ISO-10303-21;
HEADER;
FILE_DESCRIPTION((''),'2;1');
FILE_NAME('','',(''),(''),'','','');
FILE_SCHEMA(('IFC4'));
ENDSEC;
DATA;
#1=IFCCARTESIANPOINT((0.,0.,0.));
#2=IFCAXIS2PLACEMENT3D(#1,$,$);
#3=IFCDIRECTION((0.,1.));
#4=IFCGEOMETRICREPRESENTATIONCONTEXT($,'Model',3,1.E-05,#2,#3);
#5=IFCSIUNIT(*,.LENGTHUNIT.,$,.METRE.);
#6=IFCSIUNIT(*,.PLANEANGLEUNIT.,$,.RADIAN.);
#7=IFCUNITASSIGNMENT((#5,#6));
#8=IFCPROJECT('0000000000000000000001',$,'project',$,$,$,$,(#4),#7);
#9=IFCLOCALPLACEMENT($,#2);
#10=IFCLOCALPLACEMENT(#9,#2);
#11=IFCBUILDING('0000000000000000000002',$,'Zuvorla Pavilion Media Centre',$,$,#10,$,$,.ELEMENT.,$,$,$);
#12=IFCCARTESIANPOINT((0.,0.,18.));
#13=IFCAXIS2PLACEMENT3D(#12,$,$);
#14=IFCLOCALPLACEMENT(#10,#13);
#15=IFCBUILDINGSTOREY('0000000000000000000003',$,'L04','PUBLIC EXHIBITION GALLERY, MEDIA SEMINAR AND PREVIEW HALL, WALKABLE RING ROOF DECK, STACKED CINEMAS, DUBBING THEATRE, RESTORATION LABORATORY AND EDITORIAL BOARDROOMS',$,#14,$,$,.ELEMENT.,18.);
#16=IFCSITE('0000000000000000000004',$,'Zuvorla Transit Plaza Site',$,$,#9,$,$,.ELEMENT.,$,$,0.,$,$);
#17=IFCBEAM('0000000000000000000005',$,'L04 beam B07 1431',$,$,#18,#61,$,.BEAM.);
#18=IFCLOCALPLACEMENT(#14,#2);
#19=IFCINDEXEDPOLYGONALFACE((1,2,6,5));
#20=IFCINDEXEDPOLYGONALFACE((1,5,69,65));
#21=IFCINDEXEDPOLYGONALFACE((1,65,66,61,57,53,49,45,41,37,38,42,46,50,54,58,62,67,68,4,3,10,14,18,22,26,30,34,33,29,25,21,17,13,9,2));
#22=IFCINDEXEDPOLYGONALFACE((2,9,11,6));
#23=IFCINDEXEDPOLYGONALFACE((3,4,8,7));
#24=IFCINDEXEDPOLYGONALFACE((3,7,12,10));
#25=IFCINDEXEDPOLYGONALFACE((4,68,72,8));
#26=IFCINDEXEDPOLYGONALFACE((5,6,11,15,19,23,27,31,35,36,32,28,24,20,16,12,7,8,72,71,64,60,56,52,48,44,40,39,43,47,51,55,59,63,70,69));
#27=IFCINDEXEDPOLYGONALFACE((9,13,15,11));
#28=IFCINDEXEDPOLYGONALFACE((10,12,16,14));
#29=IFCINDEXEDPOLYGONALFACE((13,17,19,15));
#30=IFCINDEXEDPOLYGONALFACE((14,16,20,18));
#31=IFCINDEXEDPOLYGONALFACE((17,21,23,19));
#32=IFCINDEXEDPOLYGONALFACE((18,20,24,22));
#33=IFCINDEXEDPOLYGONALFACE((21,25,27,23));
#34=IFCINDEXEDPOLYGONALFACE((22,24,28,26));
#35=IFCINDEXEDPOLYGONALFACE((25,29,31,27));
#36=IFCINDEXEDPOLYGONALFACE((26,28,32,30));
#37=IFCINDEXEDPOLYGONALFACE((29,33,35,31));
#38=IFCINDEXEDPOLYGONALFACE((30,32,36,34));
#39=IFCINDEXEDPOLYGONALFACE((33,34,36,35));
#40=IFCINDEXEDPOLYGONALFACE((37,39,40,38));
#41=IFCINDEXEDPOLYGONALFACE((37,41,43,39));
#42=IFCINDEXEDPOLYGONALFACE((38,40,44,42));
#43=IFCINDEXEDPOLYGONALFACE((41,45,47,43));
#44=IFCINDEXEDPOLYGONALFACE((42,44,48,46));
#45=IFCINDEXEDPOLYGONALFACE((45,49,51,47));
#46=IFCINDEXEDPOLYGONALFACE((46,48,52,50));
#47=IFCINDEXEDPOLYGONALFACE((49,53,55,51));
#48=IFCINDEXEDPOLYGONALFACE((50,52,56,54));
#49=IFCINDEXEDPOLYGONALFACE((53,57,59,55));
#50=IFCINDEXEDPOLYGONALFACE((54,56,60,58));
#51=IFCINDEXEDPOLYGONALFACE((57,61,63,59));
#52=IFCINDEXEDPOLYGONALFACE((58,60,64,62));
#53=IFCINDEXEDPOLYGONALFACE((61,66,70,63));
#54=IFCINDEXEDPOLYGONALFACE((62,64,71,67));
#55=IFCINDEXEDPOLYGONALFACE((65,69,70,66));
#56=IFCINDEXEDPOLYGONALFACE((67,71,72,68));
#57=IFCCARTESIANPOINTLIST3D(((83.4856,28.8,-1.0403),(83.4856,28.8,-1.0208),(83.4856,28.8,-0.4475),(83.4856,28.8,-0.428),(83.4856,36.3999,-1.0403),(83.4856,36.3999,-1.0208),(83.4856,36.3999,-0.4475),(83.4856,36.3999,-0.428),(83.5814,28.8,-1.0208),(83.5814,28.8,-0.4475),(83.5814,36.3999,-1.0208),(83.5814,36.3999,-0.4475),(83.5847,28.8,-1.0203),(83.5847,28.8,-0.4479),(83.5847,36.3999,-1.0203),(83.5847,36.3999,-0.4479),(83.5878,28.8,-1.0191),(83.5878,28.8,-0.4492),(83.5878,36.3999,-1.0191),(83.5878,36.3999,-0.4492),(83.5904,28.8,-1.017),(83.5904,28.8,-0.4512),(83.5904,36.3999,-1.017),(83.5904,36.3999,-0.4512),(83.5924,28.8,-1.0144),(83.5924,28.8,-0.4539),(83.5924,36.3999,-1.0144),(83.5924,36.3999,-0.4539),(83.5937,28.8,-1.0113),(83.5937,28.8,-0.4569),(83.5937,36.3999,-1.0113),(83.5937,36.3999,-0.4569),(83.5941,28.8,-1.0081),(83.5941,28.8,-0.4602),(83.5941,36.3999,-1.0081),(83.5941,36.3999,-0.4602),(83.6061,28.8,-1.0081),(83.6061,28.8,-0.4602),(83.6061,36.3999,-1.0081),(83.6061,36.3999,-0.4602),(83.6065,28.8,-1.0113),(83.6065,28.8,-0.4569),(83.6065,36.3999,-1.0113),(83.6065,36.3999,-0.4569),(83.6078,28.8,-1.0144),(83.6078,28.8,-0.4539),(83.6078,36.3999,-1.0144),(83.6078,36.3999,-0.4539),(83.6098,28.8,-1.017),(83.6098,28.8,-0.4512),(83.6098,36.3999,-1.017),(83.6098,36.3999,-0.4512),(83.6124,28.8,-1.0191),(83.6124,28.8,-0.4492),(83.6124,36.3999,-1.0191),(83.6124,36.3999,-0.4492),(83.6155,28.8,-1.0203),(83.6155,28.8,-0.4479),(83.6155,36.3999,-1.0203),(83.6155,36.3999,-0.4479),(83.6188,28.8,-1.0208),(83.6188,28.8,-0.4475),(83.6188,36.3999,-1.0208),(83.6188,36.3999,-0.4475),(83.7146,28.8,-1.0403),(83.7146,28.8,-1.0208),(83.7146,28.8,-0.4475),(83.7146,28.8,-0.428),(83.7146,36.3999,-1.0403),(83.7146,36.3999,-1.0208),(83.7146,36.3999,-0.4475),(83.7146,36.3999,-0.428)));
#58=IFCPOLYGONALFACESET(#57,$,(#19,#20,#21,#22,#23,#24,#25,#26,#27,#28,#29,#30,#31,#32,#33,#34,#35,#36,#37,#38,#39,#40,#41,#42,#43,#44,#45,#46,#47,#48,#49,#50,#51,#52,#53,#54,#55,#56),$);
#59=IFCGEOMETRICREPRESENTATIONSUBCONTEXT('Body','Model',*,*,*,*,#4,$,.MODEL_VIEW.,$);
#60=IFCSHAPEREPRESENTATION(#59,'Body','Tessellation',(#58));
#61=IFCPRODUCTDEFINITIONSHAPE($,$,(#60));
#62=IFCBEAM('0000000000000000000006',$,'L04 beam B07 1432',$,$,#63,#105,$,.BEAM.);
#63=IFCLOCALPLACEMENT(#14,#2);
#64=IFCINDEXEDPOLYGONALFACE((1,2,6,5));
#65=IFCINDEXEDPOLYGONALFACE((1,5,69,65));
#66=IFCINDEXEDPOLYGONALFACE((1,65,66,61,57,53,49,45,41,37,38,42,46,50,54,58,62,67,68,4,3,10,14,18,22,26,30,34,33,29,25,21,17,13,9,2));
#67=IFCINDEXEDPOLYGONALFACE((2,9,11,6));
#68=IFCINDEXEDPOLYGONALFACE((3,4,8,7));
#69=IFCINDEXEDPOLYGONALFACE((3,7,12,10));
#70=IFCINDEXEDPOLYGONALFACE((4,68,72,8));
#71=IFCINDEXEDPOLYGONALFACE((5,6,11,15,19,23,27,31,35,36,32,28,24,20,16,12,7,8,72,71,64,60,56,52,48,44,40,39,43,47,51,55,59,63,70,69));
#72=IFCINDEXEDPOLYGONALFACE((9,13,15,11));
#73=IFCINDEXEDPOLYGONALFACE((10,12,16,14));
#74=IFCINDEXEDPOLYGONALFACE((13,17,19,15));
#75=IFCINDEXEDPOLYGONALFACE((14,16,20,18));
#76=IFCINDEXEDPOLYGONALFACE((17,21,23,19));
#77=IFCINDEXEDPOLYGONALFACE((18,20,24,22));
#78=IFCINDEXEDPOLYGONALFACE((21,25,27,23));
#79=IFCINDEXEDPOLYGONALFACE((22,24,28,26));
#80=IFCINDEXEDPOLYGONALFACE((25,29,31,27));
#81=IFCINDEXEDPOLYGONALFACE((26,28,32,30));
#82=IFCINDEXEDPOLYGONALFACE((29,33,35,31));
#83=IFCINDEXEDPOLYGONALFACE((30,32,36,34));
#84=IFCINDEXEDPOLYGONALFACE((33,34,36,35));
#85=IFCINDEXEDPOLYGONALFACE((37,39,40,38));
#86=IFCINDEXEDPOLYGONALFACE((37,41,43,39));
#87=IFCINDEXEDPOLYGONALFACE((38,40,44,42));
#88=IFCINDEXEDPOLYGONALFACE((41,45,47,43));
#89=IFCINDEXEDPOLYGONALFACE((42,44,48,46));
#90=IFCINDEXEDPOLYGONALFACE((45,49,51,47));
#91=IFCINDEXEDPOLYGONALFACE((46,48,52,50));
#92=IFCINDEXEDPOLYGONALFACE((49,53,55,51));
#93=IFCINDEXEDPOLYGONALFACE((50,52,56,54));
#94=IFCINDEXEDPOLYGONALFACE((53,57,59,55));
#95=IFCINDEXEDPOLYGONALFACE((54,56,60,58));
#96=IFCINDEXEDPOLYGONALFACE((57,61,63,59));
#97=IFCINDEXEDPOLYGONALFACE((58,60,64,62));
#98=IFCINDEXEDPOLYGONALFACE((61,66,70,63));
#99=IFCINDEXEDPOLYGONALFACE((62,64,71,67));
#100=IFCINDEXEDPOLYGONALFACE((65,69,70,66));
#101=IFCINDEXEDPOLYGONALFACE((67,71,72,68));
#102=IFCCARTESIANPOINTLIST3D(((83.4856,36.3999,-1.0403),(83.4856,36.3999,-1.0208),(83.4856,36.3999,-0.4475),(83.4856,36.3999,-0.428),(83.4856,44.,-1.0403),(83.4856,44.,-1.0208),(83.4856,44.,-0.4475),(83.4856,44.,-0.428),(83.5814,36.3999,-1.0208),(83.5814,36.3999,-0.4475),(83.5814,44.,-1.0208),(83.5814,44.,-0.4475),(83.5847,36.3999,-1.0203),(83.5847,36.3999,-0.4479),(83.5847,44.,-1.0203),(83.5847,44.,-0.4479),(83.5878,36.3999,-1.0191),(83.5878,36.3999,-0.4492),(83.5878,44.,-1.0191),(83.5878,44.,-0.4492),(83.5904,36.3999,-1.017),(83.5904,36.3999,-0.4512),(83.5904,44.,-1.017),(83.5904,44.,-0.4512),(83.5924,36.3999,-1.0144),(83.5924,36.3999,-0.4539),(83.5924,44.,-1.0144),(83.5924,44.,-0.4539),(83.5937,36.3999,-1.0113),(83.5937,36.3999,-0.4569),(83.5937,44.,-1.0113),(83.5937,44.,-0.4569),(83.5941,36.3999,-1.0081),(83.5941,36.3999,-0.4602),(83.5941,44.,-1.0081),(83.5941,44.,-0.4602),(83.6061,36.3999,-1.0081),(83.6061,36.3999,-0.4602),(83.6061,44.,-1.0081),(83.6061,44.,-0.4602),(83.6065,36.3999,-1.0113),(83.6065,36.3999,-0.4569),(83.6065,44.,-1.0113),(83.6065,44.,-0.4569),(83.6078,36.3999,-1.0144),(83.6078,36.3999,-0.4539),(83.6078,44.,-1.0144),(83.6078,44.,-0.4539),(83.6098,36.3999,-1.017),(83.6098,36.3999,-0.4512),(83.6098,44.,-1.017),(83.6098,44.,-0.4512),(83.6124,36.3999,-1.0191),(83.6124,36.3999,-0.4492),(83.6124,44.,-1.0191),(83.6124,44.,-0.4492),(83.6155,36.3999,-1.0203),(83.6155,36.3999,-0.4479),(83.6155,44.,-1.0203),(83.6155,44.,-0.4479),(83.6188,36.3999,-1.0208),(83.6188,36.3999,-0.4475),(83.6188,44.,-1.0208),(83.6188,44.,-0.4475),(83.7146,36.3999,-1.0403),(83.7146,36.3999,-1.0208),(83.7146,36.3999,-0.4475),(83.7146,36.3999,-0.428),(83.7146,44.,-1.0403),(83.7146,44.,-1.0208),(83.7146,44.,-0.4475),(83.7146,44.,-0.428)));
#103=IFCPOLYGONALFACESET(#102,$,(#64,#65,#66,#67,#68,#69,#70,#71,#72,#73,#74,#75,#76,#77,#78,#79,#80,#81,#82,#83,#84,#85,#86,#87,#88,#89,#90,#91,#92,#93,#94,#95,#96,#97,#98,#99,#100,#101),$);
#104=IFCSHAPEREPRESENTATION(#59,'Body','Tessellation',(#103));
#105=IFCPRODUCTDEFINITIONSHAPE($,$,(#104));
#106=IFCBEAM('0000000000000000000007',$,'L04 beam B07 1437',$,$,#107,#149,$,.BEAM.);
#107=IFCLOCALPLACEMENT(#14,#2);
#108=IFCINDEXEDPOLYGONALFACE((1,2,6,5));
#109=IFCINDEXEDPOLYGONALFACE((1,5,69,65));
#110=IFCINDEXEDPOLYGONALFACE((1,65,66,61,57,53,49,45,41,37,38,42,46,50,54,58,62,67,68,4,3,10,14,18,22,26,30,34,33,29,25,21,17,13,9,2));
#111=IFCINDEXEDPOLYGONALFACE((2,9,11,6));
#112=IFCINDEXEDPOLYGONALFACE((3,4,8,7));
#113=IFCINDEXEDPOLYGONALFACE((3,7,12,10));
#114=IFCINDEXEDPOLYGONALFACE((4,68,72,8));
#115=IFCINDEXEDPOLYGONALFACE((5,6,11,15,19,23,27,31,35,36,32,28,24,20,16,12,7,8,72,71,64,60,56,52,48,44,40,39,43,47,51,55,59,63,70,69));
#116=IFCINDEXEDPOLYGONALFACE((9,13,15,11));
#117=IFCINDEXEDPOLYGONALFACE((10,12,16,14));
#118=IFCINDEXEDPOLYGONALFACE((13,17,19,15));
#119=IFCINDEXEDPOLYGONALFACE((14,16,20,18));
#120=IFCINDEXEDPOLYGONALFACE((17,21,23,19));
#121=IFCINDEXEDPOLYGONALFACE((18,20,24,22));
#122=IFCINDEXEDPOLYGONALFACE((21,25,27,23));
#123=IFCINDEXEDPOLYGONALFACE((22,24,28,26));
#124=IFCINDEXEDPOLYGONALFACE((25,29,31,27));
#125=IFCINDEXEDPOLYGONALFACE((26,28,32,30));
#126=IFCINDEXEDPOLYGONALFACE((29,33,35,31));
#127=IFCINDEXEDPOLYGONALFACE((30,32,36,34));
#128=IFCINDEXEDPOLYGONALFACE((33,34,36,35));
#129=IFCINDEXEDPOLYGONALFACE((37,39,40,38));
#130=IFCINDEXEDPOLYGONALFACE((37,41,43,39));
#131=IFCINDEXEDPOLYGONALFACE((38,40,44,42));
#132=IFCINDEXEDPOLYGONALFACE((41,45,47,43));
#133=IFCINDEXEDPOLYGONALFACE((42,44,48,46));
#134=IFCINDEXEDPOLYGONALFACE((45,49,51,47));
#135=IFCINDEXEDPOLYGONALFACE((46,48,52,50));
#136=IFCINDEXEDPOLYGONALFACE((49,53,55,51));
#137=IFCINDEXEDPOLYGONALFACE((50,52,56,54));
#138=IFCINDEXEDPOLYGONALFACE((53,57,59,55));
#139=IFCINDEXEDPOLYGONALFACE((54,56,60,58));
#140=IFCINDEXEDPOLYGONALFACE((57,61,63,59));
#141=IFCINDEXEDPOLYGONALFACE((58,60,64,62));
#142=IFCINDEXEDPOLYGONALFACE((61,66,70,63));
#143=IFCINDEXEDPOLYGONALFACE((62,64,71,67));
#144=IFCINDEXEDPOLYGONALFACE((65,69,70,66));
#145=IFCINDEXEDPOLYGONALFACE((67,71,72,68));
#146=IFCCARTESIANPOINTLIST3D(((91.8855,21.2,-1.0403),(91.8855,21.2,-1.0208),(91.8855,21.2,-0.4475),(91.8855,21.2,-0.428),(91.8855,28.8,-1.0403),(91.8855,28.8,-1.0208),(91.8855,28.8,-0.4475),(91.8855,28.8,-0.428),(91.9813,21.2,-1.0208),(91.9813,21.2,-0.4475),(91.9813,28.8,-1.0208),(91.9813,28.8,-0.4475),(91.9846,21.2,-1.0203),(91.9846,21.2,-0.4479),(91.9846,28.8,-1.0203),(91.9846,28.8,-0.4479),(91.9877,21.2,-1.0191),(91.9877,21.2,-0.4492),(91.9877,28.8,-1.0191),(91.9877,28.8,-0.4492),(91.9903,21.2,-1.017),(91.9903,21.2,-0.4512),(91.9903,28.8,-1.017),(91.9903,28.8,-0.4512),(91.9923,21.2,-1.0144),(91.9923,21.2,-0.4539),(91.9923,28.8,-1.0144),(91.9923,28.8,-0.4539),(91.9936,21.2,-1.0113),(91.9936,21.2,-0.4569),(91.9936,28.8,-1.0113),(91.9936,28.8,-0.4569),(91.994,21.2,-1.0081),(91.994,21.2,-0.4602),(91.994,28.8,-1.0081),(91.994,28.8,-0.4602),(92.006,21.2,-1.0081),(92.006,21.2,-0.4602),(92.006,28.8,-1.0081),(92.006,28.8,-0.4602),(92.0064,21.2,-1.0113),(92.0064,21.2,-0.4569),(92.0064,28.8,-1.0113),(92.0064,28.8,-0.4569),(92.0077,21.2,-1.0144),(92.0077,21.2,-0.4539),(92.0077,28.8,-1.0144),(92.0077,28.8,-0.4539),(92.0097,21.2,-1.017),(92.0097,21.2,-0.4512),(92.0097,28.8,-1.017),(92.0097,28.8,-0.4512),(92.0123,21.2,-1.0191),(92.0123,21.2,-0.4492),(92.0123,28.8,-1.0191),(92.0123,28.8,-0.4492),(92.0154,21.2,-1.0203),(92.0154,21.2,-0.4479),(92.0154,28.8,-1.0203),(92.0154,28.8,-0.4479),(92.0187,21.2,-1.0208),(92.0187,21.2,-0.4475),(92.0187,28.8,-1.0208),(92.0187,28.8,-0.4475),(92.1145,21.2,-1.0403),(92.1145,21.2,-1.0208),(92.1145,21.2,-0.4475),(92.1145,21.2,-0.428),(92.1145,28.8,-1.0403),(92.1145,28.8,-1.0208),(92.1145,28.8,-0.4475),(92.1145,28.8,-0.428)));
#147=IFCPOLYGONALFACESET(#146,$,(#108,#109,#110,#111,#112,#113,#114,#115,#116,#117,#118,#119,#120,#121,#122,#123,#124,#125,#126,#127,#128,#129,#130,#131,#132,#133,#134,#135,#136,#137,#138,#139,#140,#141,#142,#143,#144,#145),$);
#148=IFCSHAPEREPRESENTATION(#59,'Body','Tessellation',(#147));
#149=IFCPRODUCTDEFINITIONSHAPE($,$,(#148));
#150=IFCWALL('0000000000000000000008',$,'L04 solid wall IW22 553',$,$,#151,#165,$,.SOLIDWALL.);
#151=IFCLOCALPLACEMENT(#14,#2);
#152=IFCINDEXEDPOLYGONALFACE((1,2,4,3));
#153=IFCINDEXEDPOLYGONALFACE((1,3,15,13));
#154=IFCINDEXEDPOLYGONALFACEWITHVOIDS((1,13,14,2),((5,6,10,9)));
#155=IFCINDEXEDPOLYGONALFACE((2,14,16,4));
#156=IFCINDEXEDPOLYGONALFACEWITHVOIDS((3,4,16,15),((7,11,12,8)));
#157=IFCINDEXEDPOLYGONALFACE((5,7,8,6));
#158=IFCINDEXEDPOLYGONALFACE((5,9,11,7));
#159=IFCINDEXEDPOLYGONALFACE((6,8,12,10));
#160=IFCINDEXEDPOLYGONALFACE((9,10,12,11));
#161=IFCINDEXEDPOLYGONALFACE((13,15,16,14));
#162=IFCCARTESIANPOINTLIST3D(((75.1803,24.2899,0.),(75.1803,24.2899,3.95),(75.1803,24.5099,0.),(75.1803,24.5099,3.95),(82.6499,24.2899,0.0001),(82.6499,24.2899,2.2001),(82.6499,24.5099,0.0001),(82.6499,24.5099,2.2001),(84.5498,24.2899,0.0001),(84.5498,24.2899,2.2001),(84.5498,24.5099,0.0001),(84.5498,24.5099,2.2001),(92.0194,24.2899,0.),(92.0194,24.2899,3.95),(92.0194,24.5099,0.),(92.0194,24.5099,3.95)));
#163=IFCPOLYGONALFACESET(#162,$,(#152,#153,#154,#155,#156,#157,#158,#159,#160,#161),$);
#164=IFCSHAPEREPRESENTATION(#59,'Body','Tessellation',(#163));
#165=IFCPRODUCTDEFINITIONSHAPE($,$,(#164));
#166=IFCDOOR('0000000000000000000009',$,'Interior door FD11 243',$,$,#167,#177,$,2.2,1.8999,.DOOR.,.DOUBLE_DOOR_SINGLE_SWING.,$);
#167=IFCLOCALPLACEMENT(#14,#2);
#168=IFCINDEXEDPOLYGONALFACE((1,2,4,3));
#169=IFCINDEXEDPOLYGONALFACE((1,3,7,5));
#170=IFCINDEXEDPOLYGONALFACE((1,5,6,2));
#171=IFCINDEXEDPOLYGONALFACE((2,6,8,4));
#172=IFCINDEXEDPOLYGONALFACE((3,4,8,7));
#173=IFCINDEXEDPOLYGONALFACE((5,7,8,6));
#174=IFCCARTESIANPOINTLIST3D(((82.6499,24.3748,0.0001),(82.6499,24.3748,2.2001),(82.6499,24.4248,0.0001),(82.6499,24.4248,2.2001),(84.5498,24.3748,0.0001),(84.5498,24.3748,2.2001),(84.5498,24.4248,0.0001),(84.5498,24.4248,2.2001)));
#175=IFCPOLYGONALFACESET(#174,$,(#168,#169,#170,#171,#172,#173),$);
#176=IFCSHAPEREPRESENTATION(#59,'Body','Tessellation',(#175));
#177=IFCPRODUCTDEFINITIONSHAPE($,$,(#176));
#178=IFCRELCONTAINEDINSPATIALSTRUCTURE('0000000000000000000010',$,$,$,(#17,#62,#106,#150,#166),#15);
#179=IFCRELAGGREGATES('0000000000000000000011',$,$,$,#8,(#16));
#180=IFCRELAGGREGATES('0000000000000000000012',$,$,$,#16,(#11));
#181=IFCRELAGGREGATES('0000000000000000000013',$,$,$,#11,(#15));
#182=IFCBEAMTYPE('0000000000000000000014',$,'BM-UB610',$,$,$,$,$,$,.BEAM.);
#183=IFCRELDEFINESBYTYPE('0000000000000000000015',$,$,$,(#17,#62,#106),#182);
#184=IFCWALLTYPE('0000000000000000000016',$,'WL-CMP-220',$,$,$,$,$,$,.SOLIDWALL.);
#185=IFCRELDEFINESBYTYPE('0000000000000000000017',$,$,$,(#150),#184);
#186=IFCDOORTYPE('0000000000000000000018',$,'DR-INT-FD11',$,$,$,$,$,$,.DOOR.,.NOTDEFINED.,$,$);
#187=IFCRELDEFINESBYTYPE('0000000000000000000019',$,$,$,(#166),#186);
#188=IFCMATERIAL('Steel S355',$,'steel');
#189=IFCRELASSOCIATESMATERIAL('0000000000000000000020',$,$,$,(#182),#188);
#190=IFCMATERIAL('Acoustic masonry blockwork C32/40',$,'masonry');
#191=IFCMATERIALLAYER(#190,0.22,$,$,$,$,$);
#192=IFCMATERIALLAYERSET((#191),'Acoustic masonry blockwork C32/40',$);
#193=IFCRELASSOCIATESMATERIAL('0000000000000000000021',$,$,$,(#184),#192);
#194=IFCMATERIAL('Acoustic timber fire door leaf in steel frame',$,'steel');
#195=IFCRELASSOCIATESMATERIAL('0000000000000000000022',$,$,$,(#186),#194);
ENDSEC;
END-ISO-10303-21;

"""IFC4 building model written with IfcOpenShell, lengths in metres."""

from ifc_helpers import new_model, si_unit, direction, frame, frame_2d, origin, origin_2d, place, context, subcontext, project, spatial, rectangle, i_section, extrude, material, layer, layer_set, material_profile, profile_set, type_object, element, fill, save


model = new_model("IFC4")

# Units and contexts
model_context = context("Model", 3, precision=1e-05, world=origin(), true_north=direction((0.0, 1.0)))
body_context = subcontext(model_context, "Body", "Model", "MODEL_VIEW")
ifc_project = project(units=[si_unit("LENGTHUNIT", "METRE"), si_unit("PLANEANGLEUNIT", "RADIAN")], contexts=[model_context])

# Site, building, storey
site_placement = place(None, origin())
site = spatial("IfcSite", under=ifc_project, at=site_placement, Name="Zuvorla Transit Plaza Site", CompositionType="ELEMENT", RefElevation=0.0)
building_placement = place(site_placement, origin())
building = spatial("IfcBuilding", under=site, at=building_placement, Name="Zuvorla Pavilion Media Centre", CompositionType="ELEMENT")
storey_placement = place(building_placement, frame((0.0, 0.0, 18.0)))
storey = spatial("IfcBuildingStorey", under=building, at=storey_placement, Name="L04", Description="PUBLIC EXHIBITION GALLERY, MEDIA SEMINAR AND PREVIEW HALL, WALKABLE RING ROOF DECK, STACKED CINEMAS, DUBBING THEATRE, RESTORATION LABORATORY AND EDITORIAL BOARDROOMS", CompositionType="ELEMENT", Elevation=18.0)

# Beams
ifc_material_1 = material(Name="Steel S355", Category="steel")
ifc_material_profile_1 = material_profile(ifc_material_1, i_section(OverallWidth=0.229, OverallDepth=0.6123, WebThickness=0.012, FlangeThickness=0.0195, FilletRadius=0.0127, at=origin_2d()), Name="UB 610x229x125")
ifc_profile_set_1 = profile_set([ifc_material_profile_1], Name="Steel S355")
beam_type_1 = type_object("IfcBeamType", Name="BM-UB610", PredefinedType="BEAM", material=ifc_profile_set_1)
beam_1_placement = place(storey_placement, frame((83.6001, 28.8, -0.7341), z_axis=(0.0, 1.0, 0.0), x_axis=(-1.0, 0.0, 0.0)))
element("IfcBeam", 1, at=beam_1_placement, inside=storey, type_object=beam_type_1, Name="L04 beam B07 1431", PredefinedType="BEAM", context=body_context, shape_type="SweptSolid", body=[
    extrude(i_section(OverallWidth=0.229, OverallDepth=0.6123, WebThickness=0.012, FlangeThickness=0.0195, FilletRadius=0.0127, at=origin_2d()), origin(), (0.0, 0.0, 1.0), 7.5999),
])
for number, where, z_axis, x_axis, name in (
    (2, (83.6001, 36.3999, -0.7341), (0.0, 1.0, 0.0), (-1.0, 0.0, 0.0), "L04 beam B07 1432"),
    (3, (92.0, 21.2, -0.7341), (0.0, 1.0, 0.0), (-1.0, 0.0, 0.0), "L04 beam B07 1437"),
):
    element("IfcBeam", number, at=place(storey_placement, frame(where, z_axis=z_axis, x_axis=x_axis)), inside=storey, type_object=beam_type_1, Name=name, PredefinedType="BEAM", context=body_context, shape_type="SweptSolid", body=[
        extrude(i_section(OverallWidth=0.229, OverallDepth=0.6123, WebThickness=0.012, FlangeThickness=0.0195, FilletRadius=0.0127, at=origin_2d()), origin(), (0.0, 0.0, 1.0), 7.6001),
    ])

# Wall, opening, door
ifc_material_2 = material(Name="Acoustic masonry blockwork C32/40", Category="masonry")
ifc_layer = layer(ifc_material_2, 0.22)
ifc_layer_set = layer_set([ifc_layer], Name="Acoustic masonry blockwork C32/40")
wall_type = type_object("IfcWallType", Name="WL-CMP-220", PredefinedType="SOLIDWALL", material=ifc_layer_set)
wall_placement = place(storey_placement, frame((75.1804, 24.3999, 0.0), z_axis=(0.0, 0.0, 1.0), x_axis=(1.0, 0.0, 0.0)))
wall = element("IfcWall", 4, at=wall_placement, inside=storey, type_object=wall_type, Name="L04 solid wall IW22 553", PredefinedType="SOLIDWALL", context=body_context, shape_type="SweptSolid", body=[
    extrude(rectangle(XDim=16.8391, YDim=0.22, at=frame_2d((8.4194, 0.0))), origin(), (0.0, 0.0, 1.0), 3.95),
])
opening_placement = place(wall_placement, frame((7.4695, 0.0, 0.0)))
opening = element("IfcOpeningElement", 5, at=opening_placement, cuts=wall, PredefinedType="OPENING", context=body_context, shape_type="SweptSolid", body=[
    extrude(rectangle(XDim=1.8999, YDim=2.2, at=frame_2d((0.95, 1.1001))), frame((0.0, 0.1199, 0.0), z_axis=(0.0, -1.0, 0.0), x_axis=(1.0, 0.0, 0.0)), (0.0, 0.0, 1.0), 0.24),
])
ifc_material_3 = material(Name="Acoustic timber fire door leaf in steel frame", Category="steel")
door_type = type_object("IfcDoorType", Name="DR-INT-FD11", OperationType="NOTDEFINED", PredefinedType="DOOR", material=ifc_material_3)
door_placement = place(opening_placement, origin())
door = element("IfcDoor", 6, at=door_placement, inside=storey, type_object=door_type, Name="Interior door FD11 243", OperationType="DOUBLE_DOOR_SINGLE_SWING", OverallHeight=2.2, OverallWidth=1.8999, PredefinedType="DOOR", context=body_context, shape_type="SweptSolid", body=[
    extrude(rectangle(XDim=1.8999, YDim=2.2, at=frame_2d((0.95, 1.1001))), frame((0.0, 0.0249, 0.0), z_axis=(0.0, -1.0, 0.0), x_axis=(1.0, 0.0, 0.0)), (0.0, 0.0, 1.0), 0.05),
])
fill(opening, door)

save(model, "model.ifc")
